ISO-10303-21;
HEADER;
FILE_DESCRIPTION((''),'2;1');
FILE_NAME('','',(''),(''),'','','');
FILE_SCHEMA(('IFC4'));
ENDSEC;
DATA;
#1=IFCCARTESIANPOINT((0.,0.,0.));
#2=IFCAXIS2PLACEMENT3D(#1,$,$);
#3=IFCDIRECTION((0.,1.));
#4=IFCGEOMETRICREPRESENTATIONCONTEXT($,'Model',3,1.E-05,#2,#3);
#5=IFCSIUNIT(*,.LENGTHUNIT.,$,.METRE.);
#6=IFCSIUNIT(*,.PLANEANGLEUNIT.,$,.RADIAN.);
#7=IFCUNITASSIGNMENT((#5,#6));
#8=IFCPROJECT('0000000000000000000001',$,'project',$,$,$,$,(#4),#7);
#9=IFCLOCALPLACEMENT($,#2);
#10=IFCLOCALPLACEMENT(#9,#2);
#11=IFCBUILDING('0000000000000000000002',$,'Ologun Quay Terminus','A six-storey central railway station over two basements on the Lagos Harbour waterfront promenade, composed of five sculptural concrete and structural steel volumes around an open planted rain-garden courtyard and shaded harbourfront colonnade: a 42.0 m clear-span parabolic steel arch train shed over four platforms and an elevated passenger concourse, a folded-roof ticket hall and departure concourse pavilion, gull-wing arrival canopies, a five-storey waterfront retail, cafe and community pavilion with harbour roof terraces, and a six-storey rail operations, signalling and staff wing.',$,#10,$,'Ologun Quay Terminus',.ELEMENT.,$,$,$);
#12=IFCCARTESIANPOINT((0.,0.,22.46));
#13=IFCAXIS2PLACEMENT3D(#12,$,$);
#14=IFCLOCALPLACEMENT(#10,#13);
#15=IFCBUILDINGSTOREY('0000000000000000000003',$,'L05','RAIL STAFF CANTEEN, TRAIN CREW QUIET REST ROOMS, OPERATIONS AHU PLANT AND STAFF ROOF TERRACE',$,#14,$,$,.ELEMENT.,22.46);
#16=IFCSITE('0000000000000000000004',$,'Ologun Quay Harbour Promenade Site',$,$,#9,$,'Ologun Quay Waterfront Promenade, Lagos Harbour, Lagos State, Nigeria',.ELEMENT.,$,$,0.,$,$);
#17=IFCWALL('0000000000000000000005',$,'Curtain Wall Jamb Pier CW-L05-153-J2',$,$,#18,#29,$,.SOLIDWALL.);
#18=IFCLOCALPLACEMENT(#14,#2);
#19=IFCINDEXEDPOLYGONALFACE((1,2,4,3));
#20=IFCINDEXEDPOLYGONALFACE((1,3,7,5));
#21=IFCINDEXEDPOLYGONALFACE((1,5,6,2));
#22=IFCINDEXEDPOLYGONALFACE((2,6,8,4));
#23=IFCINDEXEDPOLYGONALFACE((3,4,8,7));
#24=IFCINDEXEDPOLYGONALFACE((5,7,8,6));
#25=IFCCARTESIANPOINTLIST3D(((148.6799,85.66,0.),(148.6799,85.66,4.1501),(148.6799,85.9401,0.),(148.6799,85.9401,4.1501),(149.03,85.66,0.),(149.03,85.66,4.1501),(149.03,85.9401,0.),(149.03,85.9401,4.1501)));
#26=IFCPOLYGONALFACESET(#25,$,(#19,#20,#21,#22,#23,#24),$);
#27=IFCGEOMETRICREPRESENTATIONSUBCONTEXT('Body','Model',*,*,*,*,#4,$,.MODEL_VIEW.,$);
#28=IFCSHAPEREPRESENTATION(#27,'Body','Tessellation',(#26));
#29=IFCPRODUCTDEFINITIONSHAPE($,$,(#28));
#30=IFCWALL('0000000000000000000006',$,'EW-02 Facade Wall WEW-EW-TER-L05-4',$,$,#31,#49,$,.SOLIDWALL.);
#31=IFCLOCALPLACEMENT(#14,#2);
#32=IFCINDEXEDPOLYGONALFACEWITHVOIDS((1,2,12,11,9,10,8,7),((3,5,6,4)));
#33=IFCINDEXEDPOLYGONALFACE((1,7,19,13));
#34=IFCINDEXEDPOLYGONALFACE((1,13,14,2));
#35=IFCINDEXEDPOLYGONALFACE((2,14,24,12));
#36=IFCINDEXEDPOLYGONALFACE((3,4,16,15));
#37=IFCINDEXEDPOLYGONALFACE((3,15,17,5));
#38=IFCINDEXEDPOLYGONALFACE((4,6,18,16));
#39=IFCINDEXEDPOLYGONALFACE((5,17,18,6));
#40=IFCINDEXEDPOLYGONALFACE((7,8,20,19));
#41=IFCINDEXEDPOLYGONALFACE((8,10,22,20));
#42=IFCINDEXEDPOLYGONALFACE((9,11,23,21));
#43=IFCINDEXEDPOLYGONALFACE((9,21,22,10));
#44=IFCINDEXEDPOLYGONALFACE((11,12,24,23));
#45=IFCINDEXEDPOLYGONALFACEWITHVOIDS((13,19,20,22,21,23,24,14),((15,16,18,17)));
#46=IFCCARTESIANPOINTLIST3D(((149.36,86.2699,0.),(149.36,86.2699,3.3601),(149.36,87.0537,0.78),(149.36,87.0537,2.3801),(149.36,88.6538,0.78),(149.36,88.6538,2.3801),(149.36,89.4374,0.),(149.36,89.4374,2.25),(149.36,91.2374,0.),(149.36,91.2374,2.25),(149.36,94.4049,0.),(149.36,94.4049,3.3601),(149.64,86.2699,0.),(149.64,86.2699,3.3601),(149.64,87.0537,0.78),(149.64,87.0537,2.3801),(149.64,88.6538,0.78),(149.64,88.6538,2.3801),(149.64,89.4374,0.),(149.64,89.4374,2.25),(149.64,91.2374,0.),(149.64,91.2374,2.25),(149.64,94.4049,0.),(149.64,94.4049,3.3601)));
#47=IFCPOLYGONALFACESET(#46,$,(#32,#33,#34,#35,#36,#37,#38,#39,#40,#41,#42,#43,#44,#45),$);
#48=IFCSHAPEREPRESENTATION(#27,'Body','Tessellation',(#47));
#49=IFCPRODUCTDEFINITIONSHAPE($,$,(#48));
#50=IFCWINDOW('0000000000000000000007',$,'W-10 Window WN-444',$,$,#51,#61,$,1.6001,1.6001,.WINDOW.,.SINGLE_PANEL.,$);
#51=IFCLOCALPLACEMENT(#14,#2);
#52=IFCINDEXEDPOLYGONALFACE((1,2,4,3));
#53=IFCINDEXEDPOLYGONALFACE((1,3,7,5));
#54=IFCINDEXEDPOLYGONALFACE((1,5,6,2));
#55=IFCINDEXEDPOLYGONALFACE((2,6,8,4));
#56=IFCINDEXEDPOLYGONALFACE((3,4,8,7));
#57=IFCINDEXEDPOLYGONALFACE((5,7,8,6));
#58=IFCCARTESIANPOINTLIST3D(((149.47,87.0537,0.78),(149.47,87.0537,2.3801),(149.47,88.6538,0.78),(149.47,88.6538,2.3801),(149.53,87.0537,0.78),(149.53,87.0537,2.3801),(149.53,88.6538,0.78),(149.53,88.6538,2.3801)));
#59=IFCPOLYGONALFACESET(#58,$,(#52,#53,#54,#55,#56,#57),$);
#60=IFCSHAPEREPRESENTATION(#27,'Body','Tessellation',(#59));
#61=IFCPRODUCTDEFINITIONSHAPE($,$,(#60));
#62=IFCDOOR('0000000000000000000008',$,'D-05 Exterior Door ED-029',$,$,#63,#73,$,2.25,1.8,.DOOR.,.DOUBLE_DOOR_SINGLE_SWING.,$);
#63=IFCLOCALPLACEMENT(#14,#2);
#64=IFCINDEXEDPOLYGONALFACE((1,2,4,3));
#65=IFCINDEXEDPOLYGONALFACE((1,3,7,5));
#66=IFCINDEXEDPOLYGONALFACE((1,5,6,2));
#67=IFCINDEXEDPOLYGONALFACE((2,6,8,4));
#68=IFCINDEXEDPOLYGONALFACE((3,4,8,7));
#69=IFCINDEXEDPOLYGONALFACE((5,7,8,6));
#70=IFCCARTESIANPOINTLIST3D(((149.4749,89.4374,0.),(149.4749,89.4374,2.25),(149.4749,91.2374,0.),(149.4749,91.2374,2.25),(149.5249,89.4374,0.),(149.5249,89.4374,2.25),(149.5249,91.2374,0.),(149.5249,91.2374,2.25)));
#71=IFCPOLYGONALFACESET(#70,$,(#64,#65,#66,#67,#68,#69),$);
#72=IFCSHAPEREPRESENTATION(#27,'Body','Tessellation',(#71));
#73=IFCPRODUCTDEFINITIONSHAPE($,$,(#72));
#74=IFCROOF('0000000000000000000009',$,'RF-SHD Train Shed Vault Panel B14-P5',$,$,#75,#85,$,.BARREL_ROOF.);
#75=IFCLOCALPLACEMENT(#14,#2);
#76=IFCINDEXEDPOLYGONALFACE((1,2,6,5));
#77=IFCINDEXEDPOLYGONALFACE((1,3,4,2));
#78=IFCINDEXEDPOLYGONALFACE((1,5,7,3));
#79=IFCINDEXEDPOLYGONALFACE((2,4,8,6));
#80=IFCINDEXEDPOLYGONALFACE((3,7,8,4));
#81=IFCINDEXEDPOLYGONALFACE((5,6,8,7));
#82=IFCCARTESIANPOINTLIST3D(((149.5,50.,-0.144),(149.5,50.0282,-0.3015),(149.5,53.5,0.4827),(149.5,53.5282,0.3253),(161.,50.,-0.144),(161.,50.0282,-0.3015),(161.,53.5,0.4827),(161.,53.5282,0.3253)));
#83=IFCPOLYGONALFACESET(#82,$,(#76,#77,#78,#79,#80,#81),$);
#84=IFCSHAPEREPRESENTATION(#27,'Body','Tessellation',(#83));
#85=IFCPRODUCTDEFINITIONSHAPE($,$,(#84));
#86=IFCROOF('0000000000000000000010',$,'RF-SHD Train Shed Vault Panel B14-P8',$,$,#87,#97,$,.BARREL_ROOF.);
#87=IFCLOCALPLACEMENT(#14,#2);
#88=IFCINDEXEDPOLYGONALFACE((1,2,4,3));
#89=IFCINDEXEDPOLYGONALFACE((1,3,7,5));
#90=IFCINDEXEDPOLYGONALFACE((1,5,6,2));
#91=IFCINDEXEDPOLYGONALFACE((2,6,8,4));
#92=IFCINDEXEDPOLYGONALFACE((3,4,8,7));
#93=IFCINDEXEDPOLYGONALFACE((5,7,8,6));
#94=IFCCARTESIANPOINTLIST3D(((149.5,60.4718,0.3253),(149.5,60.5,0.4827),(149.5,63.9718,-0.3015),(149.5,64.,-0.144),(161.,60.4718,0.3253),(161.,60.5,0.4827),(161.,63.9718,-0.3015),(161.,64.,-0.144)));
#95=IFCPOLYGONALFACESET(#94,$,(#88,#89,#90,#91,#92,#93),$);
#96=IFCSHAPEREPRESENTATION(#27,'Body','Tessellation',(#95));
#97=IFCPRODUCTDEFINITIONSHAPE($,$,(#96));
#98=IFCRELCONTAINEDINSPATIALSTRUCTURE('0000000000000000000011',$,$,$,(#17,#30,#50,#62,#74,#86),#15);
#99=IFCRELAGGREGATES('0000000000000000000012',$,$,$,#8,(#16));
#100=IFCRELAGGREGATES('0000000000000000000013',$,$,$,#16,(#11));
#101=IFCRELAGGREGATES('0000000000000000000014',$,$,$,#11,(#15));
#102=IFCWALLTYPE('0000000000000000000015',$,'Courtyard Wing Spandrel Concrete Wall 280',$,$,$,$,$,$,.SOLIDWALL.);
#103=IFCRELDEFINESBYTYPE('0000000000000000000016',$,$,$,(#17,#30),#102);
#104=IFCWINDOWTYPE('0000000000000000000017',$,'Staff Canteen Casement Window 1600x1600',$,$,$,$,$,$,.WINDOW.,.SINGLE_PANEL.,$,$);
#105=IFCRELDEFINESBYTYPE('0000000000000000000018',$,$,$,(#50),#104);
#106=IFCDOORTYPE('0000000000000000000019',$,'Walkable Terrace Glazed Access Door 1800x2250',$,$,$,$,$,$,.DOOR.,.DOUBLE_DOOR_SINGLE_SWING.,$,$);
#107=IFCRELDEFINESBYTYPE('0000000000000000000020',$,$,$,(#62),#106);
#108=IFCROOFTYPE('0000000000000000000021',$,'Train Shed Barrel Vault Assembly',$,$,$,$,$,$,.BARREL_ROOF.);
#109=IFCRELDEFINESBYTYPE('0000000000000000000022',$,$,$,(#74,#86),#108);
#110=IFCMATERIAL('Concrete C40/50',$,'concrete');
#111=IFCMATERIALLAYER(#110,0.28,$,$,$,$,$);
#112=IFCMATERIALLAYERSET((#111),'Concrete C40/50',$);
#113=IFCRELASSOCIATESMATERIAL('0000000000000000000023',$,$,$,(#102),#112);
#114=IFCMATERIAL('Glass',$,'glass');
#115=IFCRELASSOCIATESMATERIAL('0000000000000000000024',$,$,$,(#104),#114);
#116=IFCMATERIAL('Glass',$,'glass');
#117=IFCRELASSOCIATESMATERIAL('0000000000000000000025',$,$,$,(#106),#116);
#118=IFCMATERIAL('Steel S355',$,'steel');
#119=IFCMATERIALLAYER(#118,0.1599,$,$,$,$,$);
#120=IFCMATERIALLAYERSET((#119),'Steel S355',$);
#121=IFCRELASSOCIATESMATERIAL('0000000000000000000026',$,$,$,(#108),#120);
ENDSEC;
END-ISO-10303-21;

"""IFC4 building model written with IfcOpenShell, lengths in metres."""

from ifc_helpers import new_model, si_unit, direction, frame, frame_2d, origin, place, context, subcontext, project, spatial, polyline, rectangle, outline, extrude, material, layer, layer_set, type_object, element, fill, save


model = new_model("IFC4")

# Units and contexts
model_context = context("Model", 3, precision=1e-05, world=origin(), true_north=direction((0.0, 1.0)))
body_context = subcontext(model_context, "Body", "Model", "MODEL_VIEW")
ifc_project = project(units=[si_unit("LENGTHUNIT", "METRE"), si_unit("PLANEANGLEUNIT", "RADIAN")], contexts=[model_context])

# Site, building, storey
site_placement = place(None, origin())
site = spatial("IfcSite", under=ifc_project, at=site_placement, Name="Ologun Quay Harbour Promenade Site", LongName="Ologun Quay Waterfront Promenade, Lagos Harbour, Lagos State, Nigeria", CompositionType="ELEMENT", RefElevation=0.0)
building_placement = place(site_placement, origin())
building = spatial("IfcBuilding", under=site, at=building_placement, Name="Ologun Quay Terminus", Description="A six-storey central railway station over two basements on the Lagos Harbour waterfront promenade, composed of five sculptural concrete and structural steel volumes around an open planted rain-garden courtyard and shaded harbourfront colonnade: a 42.0 m clear-span parabolic steel arch train shed over four platforms and an elevated passenger concourse, a folded-roof ticket hall and departure concourse pavilion, gull-wing arrival canopies, a five-storey waterfront retail, cafe and community pavilion with harbour roof terraces, and a six-storey rail operations, signalling and staff wing.", LongName="Ologun Quay Terminus", CompositionType="ELEMENT")
storey_placement = place(building_placement, frame((0.0, 0.0, 22.46)))
storey = spatial("IfcBuildingStorey", under=building, at=storey_placement, Name="L05", Description="RAIL STAFF CANTEEN, TRAIN CREW QUIET REST ROOMS, OPERATIONS AHU PLANT AND STAFF ROOF TERRACE", CompositionType="ELEMENT", Elevation=22.46)

# Wall
ifc_material_1 = material(Name="Concrete C40/50", Category="concrete")
ifc_layer_1 = layer(ifc_material_1, 0.28)
ifc_layer_set_1 = layer_set([ifc_layer_1], Name="Concrete C40/50")
wall_type = type_object("IfcWallType", Name="Courtyard Wing Spandrel Concrete Wall 280", PredefinedType="SOLIDWALL", material=ifc_layer_set_1)
wall_1_placement = place(storey_placement, frame((148.6799, 85.8, 0.0), z_axis=(0.0, 0.0, 1.0), x_axis=(1.0, 0.0, 0.0)))
element("IfcWall", 1, at=wall_1_placement, inside=storey, type_object=wall_type, Name="Curtain Wall Jamb Pier CW-L05-153-J2", PredefinedType="SOLIDWALL", context=body_context, shape_type="SweptSolid", body=[
    extrude(rectangle(XDim=0.3501, YDim=0.28, at=frame_2d((0.175, 0.0))), origin(), (0.0, 0.0, 1.0), 4.1501),
])

# Wall, openings, window, door
wall_2_placement = place(storey_placement, frame((149.5, 86.27, 0.0), z_axis=(0.0, 0.0, 1.0), x_axis=(0.0, 1.0, 0.0)))
wall_2 = element("IfcWall", 2, at=wall_2_placement, inside=storey, type_object=wall_type, Name="EW-02 Facade Wall WEW-EW-TER-L05-4", PredefinedType="SOLIDWALL", context=body_context, shape_type="SweptSolid", body=[
    extrude(rectangle(XDim=8.135, YDim=0.28, at=frame_2d((4.0674, 0.0))), origin(), (0.0, 0.0, 1.0), 3.3601),
])
opening_1_placement = place(wall_2_placement, frame((3.1675, 0.0, 0.0)))
opening_1 = element("IfcOpeningElement", 3, at=opening_1_placement, cuts=wall_2, PredefinedType="OPENING", context=body_context, shape_type="SweptSolid", body=[
    extrude(rectangle(XDim=1.8, YDim=2.25, at=frame_2d((0.8999, 1.125))), frame((0.0, 0.1499, 0.0), z_axis=(0.0, -1.0, 0.0), x_axis=(1.0, 0.0, 0.0)), (0.0, 0.0, 1.0), 0.3),
])
opening_2_placement = place(wall_2_placement, frame((0.7837, 0.0, 0.78)))
opening_2 = element("IfcOpeningElement", 4, at=opening_2_placement, cuts=wall_2, PredefinedType="OPENING", context=body_context, shape_type="SweptSolid", body=[
    extrude(rectangle(XDim=1.6001, YDim=1.6001, at=frame_2d((0.8, 0.8))), frame((0.0, 0.1499, 0.0), z_axis=(0.0, -1.0, 0.0), x_axis=(1.0, 0.0, 0.0)), (0.0, 0.0, 1.0), 0.3),
])
ifc_material_2 = material(Name="Glass", Category="glass")
window_type = type_object("IfcWindowType", Name="Staff Canteen Casement Window 1600x1600", PartitioningType="SINGLE_PANEL", PredefinedType="WINDOW", material=ifc_material_2)
window_placement = place(opening_2_placement, origin())
window = element("IfcWindow", 5, at=window_placement, inside=storey, type_object=window_type, Name="W-10 Window WN-444", OverallHeight=1.6001, OverallWidth=1.6001, PartitioningType="SINGLE_PANEL", PredefinedType="WINDOW", context=body_context, shape_type="SweptSolid", body=[
    extrude(rectangle(XDim=1.6001, YDim=1.6001, at=frame_2d((0.8, 0.8))), frame((0.0, 0.03, 0.0), z_axis=(0.0, -1.0, 0.0), x_axis=(1.0, 0.0, 0.0)), (0.0, 0.0, 1.0), 0.0601),
])
fill(opening_2, window)
ifc_material_3 = material(Name="Glass", Category="glass")
door_type = type_object("IfcDoorType", Name="Walkable Terrace Glazed Access Door 1800x2250", OperationType="DOUBLE_DOOR_SINGLE_SWING", PredefinedType="DOOR", material=ifc_material_3)
door_placement = place(opening_1_placement, frame((0.8999, 0.0, 0.0), z_axis=(0.0, 0.0, 1.0), x_axis=(-1.0, 0.0, 0.0)))
door = element("IfcDoor", 6, at=door_placement, inside=storey, type_object=door_type, Name="D-05 Exterior Door ED-029", OperationType="DOUBLE_DOOR_SINGLE_SWING", OverallHeight=2.25, OverallWidth=1.8, PredefinedType="DOOR", context=body_context, shape_type="SweptSolid", body=[
    extrude(rectangle(XDim=1.8, YDim=2.25, at=frame_2d((0.0, 1.125))), frame((0.0, 0.0249, 0.0), z_axis=(0.0, -1.0, 0.0), x_axis=(1.0, 0.0, 0.0)), (0.0, 0.0, 1.0), 0.05),
])
fill(opening_1, door)

# Roofs
ifc_material_4 = material(Name="Steel S355", Category="steel")
ifc_layer_2 = layer(ifc_material_4, 0.1599)
ifc_layer_set_2 = layer_set([ifc_layer_2], Name="Steel S355")
roof_type = type_object("IfcRoofType", Name="Train Shed Barrel Vault Assembly", PredefinedType="BARREL_ROOF", material=ifc_layer_set_2)
for number, where, z_axis, x_axis, name in (
    (7, (149.5, 50.0, -0.144), (0.0, -0.176256, 0.984344), (1.0, 0.0, 0.0), "RF-SHD Train Shed Vault Panel B14-P5"),
    (8, (149.5, 60.5, 0.4827), (0.0, 0.176256, 0.984344), (1.0, 0.0, 0.0), "RF-SHD Train Shed Vault Panel B14-P8"),
):
    element("IfcRoof", number, at=place(storey_placement, frame(where, z_axis=z_axis, x_axis=x_axis)), inside=storey, type_object=roof_type, Name=name, PredefinedType="BARREL_ROOF", context=body_context, shape_type="SweptSolid", body=[
        extrude(outline(polyline([(0.0, 0.0), (11.5, 0.0), (11.5, 3.5557), (0.0, 3.5557), (0.0, 0.0)])), origin(), (0.0, 0.0, -1.0), 0.1599),
    ])

save(model, "model.ifc")
